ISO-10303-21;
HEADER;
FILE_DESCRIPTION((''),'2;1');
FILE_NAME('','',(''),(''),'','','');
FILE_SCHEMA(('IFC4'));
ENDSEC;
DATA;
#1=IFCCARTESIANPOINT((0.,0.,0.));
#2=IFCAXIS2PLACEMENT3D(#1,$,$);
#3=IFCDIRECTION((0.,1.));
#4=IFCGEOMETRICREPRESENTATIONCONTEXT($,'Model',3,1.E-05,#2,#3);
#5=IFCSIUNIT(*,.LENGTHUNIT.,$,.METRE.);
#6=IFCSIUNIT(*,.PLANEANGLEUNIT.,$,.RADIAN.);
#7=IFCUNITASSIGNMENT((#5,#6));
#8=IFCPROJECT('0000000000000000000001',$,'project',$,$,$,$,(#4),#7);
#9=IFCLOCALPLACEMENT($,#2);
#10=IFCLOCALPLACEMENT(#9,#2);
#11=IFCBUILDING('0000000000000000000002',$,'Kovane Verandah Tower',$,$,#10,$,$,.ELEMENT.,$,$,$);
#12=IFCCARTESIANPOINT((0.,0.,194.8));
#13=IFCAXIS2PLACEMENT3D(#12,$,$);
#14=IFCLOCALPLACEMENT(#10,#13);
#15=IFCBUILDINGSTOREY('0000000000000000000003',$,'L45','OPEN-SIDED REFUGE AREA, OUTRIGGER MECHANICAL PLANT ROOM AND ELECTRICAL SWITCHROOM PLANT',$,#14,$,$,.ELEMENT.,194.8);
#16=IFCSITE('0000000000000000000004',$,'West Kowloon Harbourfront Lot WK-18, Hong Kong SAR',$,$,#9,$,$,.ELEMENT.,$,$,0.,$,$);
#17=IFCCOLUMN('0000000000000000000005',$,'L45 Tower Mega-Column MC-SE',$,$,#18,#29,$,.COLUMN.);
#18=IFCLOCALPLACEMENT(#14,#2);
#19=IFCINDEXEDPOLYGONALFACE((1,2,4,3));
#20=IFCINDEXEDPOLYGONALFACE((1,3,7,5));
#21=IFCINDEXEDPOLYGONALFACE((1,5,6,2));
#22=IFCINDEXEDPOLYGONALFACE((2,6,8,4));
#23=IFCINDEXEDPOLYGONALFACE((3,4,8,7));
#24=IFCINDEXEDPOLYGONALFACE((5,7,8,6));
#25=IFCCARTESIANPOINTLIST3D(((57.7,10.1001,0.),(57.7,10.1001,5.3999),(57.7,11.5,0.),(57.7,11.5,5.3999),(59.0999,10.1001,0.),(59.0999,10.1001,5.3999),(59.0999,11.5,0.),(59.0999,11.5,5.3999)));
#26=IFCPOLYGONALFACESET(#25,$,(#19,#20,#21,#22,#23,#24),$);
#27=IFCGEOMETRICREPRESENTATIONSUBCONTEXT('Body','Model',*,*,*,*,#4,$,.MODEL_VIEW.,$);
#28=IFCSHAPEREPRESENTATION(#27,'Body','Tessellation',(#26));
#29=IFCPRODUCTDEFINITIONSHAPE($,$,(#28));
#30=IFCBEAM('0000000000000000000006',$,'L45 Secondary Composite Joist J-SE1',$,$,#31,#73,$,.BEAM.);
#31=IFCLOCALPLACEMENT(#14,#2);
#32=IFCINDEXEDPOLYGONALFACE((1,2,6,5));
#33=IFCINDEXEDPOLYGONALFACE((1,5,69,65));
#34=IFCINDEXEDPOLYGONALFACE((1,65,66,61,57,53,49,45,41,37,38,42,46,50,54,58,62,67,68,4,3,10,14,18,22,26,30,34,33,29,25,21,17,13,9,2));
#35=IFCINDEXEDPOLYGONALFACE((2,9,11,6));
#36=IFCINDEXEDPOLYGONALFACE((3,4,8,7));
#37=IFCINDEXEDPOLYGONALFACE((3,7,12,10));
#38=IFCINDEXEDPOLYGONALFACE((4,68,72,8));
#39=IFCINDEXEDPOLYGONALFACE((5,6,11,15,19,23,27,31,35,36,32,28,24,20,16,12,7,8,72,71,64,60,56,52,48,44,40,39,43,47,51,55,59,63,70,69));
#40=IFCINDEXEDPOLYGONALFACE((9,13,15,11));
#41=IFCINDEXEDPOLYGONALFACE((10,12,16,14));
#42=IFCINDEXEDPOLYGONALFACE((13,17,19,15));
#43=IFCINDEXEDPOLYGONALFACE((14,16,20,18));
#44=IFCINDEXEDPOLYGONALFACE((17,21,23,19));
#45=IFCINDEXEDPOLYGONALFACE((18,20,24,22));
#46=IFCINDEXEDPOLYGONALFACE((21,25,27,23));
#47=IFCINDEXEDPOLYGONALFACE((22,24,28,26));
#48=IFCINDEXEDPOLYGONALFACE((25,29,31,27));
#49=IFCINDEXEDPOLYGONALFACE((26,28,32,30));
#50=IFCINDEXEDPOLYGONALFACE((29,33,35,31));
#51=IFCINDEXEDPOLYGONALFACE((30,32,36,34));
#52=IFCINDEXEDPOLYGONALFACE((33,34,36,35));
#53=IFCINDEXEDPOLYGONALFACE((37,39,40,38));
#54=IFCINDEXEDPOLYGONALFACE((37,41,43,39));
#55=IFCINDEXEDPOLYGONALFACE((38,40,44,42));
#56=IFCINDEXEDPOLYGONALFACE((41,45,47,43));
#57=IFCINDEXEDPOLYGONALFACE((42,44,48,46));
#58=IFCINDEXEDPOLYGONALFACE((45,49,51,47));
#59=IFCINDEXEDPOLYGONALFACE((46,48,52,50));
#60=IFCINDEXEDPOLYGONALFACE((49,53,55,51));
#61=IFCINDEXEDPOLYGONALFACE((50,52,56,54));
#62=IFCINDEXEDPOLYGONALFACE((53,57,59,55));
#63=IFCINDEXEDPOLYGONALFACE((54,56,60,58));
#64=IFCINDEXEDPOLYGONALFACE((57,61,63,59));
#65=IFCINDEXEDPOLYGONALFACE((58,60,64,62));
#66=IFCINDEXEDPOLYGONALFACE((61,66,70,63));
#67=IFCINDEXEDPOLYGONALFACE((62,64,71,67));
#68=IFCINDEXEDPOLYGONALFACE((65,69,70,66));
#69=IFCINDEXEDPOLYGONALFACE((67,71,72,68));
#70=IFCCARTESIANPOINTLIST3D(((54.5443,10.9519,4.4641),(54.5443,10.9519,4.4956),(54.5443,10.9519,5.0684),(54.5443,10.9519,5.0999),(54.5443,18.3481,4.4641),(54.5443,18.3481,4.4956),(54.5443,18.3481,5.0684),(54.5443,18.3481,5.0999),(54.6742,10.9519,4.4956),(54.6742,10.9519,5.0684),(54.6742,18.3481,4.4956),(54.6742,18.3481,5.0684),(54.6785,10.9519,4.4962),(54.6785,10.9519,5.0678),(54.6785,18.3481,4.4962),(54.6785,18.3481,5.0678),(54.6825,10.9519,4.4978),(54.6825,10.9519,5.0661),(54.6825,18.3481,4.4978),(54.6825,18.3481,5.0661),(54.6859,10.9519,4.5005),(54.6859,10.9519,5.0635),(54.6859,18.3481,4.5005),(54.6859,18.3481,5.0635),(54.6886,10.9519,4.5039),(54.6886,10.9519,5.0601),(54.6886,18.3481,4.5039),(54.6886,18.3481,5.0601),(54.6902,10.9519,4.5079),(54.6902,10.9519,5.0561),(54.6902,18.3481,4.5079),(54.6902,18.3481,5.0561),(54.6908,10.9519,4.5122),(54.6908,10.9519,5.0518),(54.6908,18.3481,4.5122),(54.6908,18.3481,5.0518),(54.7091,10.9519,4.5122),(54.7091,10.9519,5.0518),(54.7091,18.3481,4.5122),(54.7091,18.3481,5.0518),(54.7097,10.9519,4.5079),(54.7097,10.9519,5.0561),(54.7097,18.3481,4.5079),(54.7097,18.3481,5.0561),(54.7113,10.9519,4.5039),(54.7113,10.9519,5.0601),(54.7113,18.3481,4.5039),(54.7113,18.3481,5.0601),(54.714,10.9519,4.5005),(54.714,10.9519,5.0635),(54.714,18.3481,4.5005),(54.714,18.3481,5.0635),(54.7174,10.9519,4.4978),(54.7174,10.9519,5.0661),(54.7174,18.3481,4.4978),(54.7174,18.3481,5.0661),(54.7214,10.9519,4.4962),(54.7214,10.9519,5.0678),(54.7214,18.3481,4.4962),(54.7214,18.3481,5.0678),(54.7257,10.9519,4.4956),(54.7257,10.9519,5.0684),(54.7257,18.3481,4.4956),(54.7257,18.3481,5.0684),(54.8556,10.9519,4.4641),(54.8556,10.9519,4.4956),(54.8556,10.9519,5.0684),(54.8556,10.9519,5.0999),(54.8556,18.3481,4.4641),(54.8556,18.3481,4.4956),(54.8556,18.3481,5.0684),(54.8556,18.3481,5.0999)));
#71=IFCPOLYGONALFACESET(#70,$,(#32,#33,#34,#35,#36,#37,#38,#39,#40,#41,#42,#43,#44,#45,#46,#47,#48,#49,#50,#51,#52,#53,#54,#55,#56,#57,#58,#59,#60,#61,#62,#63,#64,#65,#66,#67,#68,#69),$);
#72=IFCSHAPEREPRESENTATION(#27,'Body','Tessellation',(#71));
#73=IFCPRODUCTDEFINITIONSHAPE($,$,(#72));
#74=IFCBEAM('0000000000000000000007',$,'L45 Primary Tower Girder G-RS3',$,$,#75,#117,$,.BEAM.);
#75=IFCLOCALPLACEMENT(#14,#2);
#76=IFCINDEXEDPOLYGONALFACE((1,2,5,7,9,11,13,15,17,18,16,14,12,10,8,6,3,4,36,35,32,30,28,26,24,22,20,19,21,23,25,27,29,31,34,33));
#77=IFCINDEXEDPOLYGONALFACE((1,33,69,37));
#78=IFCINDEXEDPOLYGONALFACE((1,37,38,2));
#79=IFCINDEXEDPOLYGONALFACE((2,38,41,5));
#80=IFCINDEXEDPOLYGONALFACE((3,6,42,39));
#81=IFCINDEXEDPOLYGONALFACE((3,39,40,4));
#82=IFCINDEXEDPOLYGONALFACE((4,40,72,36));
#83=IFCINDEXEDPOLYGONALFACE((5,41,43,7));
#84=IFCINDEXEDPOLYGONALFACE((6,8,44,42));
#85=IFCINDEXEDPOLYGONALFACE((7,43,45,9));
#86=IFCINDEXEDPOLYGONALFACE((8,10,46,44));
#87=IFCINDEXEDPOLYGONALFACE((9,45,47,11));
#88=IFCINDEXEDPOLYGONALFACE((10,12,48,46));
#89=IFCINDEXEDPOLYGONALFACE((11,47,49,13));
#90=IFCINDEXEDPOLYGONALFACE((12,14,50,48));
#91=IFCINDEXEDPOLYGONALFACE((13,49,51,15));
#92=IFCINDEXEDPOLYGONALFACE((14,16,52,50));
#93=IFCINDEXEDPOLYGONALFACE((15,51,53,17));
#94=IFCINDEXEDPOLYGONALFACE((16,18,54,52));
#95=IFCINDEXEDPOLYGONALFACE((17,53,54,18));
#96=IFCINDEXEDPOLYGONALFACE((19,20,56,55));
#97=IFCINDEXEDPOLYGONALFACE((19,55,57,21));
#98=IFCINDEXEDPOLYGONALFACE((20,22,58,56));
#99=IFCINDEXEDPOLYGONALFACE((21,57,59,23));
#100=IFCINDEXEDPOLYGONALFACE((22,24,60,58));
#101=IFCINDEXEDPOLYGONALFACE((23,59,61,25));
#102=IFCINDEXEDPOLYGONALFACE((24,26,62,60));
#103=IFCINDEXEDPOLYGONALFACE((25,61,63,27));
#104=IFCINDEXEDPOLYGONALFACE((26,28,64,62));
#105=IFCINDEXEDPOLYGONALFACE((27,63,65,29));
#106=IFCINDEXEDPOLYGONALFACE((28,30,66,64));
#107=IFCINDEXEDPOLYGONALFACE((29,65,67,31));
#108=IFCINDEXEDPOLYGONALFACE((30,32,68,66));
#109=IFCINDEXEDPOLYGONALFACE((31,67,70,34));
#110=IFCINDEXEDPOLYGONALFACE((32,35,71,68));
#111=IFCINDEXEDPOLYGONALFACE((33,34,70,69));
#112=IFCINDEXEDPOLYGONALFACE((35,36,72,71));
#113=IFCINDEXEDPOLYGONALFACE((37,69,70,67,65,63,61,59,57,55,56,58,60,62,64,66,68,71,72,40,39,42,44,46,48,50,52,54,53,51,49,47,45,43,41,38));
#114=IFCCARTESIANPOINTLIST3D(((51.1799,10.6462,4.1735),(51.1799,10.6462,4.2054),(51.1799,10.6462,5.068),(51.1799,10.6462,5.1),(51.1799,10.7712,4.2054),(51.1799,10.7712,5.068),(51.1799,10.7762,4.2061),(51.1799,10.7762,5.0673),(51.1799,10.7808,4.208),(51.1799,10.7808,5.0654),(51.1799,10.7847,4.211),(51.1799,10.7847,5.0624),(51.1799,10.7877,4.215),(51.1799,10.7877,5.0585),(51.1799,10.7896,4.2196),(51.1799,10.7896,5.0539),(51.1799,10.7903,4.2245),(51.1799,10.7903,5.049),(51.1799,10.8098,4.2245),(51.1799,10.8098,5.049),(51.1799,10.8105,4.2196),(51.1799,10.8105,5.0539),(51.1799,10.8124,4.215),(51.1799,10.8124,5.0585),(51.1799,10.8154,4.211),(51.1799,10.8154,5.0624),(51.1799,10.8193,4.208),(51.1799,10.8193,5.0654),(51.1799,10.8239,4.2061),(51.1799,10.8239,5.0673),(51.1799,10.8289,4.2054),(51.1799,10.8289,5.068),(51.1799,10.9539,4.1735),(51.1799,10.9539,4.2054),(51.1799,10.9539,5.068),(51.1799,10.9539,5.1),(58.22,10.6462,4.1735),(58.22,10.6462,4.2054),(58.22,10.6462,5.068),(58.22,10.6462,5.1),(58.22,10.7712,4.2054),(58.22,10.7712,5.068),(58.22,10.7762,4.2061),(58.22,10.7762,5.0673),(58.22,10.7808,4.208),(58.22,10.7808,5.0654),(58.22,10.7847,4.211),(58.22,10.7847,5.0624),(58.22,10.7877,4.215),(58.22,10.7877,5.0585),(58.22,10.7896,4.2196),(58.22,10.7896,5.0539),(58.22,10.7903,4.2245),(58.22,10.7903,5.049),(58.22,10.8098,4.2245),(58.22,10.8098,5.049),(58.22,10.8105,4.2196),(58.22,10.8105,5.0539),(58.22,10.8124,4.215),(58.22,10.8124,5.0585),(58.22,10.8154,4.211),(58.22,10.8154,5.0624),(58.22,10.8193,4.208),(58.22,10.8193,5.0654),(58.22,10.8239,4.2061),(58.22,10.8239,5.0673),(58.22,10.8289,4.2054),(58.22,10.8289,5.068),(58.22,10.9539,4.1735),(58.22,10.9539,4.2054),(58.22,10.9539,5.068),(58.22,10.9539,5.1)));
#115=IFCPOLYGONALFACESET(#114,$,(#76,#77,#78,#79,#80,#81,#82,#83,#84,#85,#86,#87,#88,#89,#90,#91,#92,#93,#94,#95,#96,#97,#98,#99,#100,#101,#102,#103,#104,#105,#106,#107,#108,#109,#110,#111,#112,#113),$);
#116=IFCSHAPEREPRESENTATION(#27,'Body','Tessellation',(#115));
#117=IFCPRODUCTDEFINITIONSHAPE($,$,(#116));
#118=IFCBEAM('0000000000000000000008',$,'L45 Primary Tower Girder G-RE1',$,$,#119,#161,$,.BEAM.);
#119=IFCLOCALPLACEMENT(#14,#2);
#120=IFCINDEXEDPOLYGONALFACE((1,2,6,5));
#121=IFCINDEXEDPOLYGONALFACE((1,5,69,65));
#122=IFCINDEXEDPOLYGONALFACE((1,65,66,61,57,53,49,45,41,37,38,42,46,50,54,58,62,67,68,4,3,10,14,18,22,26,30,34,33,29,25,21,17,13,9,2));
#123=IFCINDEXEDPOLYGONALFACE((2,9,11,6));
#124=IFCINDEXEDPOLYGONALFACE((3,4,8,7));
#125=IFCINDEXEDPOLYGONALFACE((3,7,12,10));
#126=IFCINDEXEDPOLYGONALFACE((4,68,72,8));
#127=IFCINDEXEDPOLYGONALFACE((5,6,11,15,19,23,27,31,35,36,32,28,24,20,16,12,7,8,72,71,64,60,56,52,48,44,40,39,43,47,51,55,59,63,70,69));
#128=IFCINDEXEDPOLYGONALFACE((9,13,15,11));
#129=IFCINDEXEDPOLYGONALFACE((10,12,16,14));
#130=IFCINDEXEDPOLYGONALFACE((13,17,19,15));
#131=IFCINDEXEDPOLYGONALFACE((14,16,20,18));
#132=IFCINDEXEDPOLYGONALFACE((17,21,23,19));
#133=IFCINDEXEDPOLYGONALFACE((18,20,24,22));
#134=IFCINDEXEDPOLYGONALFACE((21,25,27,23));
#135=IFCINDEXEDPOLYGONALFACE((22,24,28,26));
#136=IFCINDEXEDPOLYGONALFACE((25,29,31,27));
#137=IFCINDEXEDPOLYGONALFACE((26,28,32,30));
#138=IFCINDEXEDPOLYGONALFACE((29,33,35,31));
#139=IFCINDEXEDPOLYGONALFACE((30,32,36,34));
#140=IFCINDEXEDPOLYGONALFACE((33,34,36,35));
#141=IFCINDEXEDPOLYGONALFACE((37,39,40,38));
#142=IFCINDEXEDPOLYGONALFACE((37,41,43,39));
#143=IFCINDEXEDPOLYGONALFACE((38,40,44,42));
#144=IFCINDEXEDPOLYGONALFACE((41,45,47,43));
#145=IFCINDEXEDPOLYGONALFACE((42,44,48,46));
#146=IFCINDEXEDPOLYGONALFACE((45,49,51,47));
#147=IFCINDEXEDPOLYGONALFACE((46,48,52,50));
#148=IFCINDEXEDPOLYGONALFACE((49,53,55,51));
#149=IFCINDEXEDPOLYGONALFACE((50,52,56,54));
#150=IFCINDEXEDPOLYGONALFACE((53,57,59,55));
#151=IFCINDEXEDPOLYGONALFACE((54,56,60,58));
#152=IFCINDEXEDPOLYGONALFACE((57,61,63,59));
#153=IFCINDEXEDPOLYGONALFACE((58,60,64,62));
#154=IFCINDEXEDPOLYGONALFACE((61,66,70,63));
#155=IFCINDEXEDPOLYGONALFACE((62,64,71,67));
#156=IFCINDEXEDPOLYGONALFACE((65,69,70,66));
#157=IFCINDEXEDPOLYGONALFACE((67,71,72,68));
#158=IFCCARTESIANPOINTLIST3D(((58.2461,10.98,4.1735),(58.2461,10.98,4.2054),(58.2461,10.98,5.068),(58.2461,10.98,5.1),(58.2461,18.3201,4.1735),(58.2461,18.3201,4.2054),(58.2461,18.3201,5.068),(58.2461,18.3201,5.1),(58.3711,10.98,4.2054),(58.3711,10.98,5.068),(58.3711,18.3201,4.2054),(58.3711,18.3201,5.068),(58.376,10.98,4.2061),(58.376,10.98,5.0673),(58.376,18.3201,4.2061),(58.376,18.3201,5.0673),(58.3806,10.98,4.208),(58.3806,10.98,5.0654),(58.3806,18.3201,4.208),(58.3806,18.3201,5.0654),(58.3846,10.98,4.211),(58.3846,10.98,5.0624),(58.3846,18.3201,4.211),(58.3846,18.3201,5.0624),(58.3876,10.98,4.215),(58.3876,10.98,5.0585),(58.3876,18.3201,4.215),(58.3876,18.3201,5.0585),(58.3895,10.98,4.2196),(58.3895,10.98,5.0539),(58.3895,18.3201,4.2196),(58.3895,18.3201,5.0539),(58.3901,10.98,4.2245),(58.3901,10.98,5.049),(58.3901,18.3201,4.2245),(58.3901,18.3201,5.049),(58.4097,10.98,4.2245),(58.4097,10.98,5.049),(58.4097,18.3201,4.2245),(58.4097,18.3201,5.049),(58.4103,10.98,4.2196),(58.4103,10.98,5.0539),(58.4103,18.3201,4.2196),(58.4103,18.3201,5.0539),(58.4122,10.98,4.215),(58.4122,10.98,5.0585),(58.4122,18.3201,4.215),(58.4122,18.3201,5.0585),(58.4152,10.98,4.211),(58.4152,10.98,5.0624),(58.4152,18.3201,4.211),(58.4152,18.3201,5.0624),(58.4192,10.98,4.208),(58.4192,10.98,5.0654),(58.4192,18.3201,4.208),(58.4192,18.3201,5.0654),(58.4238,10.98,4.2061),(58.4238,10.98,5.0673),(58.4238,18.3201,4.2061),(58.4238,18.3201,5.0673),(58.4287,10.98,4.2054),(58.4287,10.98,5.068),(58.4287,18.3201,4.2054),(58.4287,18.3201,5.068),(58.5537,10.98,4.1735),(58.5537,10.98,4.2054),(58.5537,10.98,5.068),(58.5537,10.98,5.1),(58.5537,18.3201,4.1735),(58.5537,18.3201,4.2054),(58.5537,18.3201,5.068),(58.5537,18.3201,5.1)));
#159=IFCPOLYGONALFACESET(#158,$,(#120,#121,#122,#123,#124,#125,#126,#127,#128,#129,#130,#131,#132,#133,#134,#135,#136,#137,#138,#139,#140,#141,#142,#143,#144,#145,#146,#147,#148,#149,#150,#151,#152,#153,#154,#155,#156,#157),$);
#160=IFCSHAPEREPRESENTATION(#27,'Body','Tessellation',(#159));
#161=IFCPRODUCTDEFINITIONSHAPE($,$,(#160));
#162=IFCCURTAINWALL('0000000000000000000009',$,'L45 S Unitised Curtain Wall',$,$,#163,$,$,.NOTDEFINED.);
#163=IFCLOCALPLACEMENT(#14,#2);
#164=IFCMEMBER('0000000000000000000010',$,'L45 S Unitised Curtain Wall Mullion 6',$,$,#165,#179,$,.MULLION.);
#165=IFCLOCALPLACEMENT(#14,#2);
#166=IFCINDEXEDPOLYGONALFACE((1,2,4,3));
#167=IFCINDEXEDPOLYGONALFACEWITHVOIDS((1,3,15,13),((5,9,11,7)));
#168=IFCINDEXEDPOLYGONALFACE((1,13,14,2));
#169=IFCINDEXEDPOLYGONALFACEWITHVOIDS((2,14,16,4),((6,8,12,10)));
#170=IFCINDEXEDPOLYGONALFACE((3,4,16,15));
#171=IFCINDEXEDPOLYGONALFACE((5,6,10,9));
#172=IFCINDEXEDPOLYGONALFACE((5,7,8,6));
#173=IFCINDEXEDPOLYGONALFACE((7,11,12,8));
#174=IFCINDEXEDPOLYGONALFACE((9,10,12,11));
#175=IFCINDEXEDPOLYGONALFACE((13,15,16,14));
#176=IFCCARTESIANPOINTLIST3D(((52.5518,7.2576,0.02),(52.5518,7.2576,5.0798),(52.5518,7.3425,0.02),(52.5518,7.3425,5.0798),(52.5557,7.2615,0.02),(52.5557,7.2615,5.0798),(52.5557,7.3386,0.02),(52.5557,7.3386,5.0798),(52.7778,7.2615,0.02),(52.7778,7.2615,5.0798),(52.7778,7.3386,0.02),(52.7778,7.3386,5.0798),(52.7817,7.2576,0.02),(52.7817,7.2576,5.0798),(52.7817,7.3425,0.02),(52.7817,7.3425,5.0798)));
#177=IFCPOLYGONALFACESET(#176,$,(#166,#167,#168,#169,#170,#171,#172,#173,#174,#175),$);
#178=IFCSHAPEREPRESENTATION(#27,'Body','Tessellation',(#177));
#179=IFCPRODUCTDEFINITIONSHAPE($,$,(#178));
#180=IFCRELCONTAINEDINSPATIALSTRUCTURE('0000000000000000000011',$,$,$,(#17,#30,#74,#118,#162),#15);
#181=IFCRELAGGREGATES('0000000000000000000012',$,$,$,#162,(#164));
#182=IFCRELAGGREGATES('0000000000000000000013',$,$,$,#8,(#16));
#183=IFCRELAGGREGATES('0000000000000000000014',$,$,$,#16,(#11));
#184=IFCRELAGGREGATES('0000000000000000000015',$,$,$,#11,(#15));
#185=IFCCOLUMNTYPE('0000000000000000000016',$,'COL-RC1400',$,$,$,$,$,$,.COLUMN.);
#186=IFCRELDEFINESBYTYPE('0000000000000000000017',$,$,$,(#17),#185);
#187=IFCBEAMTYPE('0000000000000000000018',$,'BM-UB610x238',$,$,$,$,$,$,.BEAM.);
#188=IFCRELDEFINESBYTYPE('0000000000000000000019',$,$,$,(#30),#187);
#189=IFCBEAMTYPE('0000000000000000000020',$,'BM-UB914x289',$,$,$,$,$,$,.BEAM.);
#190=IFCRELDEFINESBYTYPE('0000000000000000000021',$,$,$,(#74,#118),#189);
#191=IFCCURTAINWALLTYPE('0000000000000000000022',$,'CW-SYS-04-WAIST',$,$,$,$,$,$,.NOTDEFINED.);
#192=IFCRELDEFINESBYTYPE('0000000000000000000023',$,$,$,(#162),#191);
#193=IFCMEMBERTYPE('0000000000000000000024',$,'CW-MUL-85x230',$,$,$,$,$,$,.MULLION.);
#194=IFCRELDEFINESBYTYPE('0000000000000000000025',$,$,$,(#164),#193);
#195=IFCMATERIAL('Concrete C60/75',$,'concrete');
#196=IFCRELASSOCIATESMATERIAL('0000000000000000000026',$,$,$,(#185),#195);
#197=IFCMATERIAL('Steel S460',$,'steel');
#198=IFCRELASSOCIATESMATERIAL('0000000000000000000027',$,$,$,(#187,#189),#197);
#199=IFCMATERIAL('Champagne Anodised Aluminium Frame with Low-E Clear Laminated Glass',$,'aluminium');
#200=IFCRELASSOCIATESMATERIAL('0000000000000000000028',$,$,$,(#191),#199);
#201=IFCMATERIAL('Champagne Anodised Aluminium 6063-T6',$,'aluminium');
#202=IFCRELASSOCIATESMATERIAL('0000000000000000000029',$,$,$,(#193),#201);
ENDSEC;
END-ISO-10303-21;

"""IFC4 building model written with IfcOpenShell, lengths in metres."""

from ifc_helpers import new_model, si_unit, direction, frame, origin, origin_2d, place, context, subcontext, project, spatial, rectangle, hollow_rectangle, i_section, extrude, material, material_profile, profile_set, type_object, element, aggregate, save


model = new_model("IFC4")

# Units and contexts
model_context = context("Model", 3, precision=1e-05, world=origin(), true_north=direction((0.0, 1.0)))
body_context = subcontext(model_context, "Body", "Model", "MODEL_VIEW")
ifc_project = project(units=[si_unit("LENGTHUNIT", "METRE"), si_unit("PLANEANGLEUNIT", "RADIAN")], contexts=[model_context])

# Site, building, storey
site_placement = place(None, origin())
site = spatial("IfcSite", under=ifc_project, at=site_placement, Name="West Kowloon Harbourfront Lot WK-18, Hong Kong SAR", CompositionType="ELEMENT", RefElevation=0.0)
building_placement = place(site_placement, origin())
building = spatial("IfcBuilding", under=site, at=building_placement, Name="Kovane Verandah Tower", CompositionType="ELEMENT")
storey_placement = place(building_placement, frame((0.0, 0.0, 194.8)))
storey = spatial("IfcBuildingStorey", under=building, at=storey_placement, Name="L45", Description="OPEN-SIDED REFUGE AREA, OUTRIGGER MECHANICAL PLANT ROOM AND ELECTRICAL SWITCHROOM PLANT", CompositionType="ELEMENT", Elevation=194.8)

# Column
ifc_material_1 = material(Name="Concrete C60/75", Category="concrete")
ifc_material_profile_1 = material_profile(ifc_material_1, rectangle(XDim=1.3999, YDim=1.3999, at=origin_2d()), Name="RC1400x1400")
ifc_profile_set_1 = profile_set([ifc_material_profile_1], Name="Concrete C60/75")
column_type = type_object("IfcColumnType", Name="COL-RC1400", PredefinedType="COLUMN", material=ifc_profile_set_1)
column_placement = place(storey_placement, frame((58.3999, 10.8, 0.0), z_axis=(0.0, 0.0, 1.0), x_axis=(1.0, 0.0, 0.0)))
element("IfcColumn", 1, at=column_placement, inside=storey, type_object=column_type, Name="L45 Tower Mega-Column MC-SE", PredefinedType="COLUMN", context=body_context, shape_type="SweptSolid", body=[
    extrude(rectangle(XDim=1.3999, YDim=1.3999, at=origin_2d()), origin(), (0.0, 0.0, 1.0), 5.3999),
])

# Beams
ifc_material_2 = material(Name="Steel S460", Category="steel")
ifc_material_profile_2 = material_profile(ifc_material_2, i_section(OverallWidth=0.3113, OverallDepth=0.6357, WebThickness=0.0183, FlangeThickness=0.0315, FilletRadius=0.0166, at=origin_2d()), Name="UB610x305x238")
ifc_profile_set_2 = profile_set([ifc_material_profile_2], Name="Steel S460")
beam_type_1 = type_object("IfcBeamType", Name="BM-UB610x238", PredefinedType="BEAM", material=ifc_profile_set_2)
beam_1_placement = place(storey_placement, frame((54.7, 10.9519, 4.782), z_axis=(0.0, 1.0, 0.0), x_axis=(-1.0, 0.0, 0.0)))
element("IfcBeam", 2, at=beam_1_placement, inside=storey, type_object=beam_type_1, Name="L45 Secondary Composite Joist J-SE1", PredefinedType="BEAM", context=body_context, shape_type="SweptSolid", body=[
    extrude(i_section(OverallWidth=0.3113, OverallDepth=0.6357, WebThickness=0.0183, FlangeThickness=0.0315, FilletRadius=0.0166, at=origin_2d()), origin(), (0.0, 0.0, 1.0), 7.3962),
])
ifc_material_profile_3 = material_profile(ifc_material_2, i_section(OverallWidth=0.3076, OverallDepth=0.9265, WebThickness=0.0195, FlangeThickness=0.032, FilletRadius=0.019, at=origin_2d()), Name="UB914x305x289")
ifc_profile_set_3 = profile_set([ifc_material_profile_3], Name="Steel S460")
beam_type_2 = type_object("IfcBeamType", Name="BM-UB914x289", PredefinedType="BEAM", material=ifc_profile_set_3)
beam_2_placement = place(storey_placement, frame((51.1799, 10.8, 4.6367), z_axis=(1.0, 0.0, 0.0), x_axis=(0.0, 1.0, 0.0)))
element("IfcBeam", 3, at=beam_2_placement, inside=storey, type_object=beam_type_2, Name="L45 Primary Tower Girder G-RS3", PredefinedType="BEAM", context=body_context, shape_type="SweptSolid", body=[
    extrude(i_section(OverallWidth=0.3076, OverallDepth=0.9265, WebThickness=0.0195, FlangeThickness=0.032, FilletRadius=0.019, at=origin_2d()), origin(), (0.0, 0.0, 1.0), 7.04),
])
beam_3_placement = place(storey_placement, frame((58.3999, 10.98, 4.6367), z_axis=(0.0, 1.0, 0.0), x_axis=(-1.0, 0.0, 0.0)))
element("IfcBeam", 4, at=beam_3_placement, inside=storey, type_object=beam_type_2, Name="L45 Primary Tower Girder G-RE1", PredefinedType="BEAM", context=body_context, shape_type="SweptSolid", body=[
    extrude(i_section(OverallWidth=0.3076, OverallDepth=0.9265, WebThickness=0.0195, FlangeThickness=0.032, FilletRadius=0.019, at=origin_2d()), origin(), (0.0, 0.0, 1.0), 7.3401),
])

# Curtain wall, member
ifc_material_3 = material(Name="Champagne Anodised Aluminium Frame with Low-E Clear Laminated Glass", Category="aluminium")
curtain_wall_type = type_object("IfcCurtainWallType", Name="CW-SYS-04-WAIST", PredefinedType="NOTDEFINED", material=ifc_material_3)
curtain_wall_1_placement = place(storey_placement, origin())
curtain_wall_1 = element("IfcCurtainWall", 5, at=curtain_wall_1_placement, inside=storey, type_object=curtain_wall_type, Name="L45 S Unitised Curtain Wall", PredefinedType="NOTDEFINED")
ifc_material_4 = material(Name="Champagne Anodised Aluminium 6063-T6", Category="aluminium")
ifc_material_profile_4 = material_profile(ifc_material_4, hollow_rectangle(XDim=0.085, YDim=0.23, WallThickness=0.0039, at=origin_2d()), Name="AL85x230x4")
ifc_profile_set_4 = profile_set([ifc_material_profile_4], Name="Champagne Anodised Aluminium 6063-T6")
member_type_1 = type_object("IfcMemberType", Name="CW-MUL-85x230", PredefinedType="MULLION", material=ifc_profile_set_4)
member_1_placement = place(storey_placement, frame((52.6667, 7.3, 0.02), z_axis=(0.0, 0.0, 1.0), x_axis=(0.0, -1.0, 0.0)))
member_1 = element("IfcMember", 6, at=member_1_placement, type_object=member_type_1, Name="L45 S Unitised Curtain Wall Mullion 6", PredefinedType="MULLION", context=body_context, shape_type="SweptSolid", body=[
    extrude(hollow_rectangle(XDim=0.085, YDim=0.23, WallThickness=0.0039, at=origin_2d()), origin(), (0.0, 0.0, 1.0), 5.0598),
])

aggregate(curtain_wall_1, [member_1])

save(model, "model.ifc")
